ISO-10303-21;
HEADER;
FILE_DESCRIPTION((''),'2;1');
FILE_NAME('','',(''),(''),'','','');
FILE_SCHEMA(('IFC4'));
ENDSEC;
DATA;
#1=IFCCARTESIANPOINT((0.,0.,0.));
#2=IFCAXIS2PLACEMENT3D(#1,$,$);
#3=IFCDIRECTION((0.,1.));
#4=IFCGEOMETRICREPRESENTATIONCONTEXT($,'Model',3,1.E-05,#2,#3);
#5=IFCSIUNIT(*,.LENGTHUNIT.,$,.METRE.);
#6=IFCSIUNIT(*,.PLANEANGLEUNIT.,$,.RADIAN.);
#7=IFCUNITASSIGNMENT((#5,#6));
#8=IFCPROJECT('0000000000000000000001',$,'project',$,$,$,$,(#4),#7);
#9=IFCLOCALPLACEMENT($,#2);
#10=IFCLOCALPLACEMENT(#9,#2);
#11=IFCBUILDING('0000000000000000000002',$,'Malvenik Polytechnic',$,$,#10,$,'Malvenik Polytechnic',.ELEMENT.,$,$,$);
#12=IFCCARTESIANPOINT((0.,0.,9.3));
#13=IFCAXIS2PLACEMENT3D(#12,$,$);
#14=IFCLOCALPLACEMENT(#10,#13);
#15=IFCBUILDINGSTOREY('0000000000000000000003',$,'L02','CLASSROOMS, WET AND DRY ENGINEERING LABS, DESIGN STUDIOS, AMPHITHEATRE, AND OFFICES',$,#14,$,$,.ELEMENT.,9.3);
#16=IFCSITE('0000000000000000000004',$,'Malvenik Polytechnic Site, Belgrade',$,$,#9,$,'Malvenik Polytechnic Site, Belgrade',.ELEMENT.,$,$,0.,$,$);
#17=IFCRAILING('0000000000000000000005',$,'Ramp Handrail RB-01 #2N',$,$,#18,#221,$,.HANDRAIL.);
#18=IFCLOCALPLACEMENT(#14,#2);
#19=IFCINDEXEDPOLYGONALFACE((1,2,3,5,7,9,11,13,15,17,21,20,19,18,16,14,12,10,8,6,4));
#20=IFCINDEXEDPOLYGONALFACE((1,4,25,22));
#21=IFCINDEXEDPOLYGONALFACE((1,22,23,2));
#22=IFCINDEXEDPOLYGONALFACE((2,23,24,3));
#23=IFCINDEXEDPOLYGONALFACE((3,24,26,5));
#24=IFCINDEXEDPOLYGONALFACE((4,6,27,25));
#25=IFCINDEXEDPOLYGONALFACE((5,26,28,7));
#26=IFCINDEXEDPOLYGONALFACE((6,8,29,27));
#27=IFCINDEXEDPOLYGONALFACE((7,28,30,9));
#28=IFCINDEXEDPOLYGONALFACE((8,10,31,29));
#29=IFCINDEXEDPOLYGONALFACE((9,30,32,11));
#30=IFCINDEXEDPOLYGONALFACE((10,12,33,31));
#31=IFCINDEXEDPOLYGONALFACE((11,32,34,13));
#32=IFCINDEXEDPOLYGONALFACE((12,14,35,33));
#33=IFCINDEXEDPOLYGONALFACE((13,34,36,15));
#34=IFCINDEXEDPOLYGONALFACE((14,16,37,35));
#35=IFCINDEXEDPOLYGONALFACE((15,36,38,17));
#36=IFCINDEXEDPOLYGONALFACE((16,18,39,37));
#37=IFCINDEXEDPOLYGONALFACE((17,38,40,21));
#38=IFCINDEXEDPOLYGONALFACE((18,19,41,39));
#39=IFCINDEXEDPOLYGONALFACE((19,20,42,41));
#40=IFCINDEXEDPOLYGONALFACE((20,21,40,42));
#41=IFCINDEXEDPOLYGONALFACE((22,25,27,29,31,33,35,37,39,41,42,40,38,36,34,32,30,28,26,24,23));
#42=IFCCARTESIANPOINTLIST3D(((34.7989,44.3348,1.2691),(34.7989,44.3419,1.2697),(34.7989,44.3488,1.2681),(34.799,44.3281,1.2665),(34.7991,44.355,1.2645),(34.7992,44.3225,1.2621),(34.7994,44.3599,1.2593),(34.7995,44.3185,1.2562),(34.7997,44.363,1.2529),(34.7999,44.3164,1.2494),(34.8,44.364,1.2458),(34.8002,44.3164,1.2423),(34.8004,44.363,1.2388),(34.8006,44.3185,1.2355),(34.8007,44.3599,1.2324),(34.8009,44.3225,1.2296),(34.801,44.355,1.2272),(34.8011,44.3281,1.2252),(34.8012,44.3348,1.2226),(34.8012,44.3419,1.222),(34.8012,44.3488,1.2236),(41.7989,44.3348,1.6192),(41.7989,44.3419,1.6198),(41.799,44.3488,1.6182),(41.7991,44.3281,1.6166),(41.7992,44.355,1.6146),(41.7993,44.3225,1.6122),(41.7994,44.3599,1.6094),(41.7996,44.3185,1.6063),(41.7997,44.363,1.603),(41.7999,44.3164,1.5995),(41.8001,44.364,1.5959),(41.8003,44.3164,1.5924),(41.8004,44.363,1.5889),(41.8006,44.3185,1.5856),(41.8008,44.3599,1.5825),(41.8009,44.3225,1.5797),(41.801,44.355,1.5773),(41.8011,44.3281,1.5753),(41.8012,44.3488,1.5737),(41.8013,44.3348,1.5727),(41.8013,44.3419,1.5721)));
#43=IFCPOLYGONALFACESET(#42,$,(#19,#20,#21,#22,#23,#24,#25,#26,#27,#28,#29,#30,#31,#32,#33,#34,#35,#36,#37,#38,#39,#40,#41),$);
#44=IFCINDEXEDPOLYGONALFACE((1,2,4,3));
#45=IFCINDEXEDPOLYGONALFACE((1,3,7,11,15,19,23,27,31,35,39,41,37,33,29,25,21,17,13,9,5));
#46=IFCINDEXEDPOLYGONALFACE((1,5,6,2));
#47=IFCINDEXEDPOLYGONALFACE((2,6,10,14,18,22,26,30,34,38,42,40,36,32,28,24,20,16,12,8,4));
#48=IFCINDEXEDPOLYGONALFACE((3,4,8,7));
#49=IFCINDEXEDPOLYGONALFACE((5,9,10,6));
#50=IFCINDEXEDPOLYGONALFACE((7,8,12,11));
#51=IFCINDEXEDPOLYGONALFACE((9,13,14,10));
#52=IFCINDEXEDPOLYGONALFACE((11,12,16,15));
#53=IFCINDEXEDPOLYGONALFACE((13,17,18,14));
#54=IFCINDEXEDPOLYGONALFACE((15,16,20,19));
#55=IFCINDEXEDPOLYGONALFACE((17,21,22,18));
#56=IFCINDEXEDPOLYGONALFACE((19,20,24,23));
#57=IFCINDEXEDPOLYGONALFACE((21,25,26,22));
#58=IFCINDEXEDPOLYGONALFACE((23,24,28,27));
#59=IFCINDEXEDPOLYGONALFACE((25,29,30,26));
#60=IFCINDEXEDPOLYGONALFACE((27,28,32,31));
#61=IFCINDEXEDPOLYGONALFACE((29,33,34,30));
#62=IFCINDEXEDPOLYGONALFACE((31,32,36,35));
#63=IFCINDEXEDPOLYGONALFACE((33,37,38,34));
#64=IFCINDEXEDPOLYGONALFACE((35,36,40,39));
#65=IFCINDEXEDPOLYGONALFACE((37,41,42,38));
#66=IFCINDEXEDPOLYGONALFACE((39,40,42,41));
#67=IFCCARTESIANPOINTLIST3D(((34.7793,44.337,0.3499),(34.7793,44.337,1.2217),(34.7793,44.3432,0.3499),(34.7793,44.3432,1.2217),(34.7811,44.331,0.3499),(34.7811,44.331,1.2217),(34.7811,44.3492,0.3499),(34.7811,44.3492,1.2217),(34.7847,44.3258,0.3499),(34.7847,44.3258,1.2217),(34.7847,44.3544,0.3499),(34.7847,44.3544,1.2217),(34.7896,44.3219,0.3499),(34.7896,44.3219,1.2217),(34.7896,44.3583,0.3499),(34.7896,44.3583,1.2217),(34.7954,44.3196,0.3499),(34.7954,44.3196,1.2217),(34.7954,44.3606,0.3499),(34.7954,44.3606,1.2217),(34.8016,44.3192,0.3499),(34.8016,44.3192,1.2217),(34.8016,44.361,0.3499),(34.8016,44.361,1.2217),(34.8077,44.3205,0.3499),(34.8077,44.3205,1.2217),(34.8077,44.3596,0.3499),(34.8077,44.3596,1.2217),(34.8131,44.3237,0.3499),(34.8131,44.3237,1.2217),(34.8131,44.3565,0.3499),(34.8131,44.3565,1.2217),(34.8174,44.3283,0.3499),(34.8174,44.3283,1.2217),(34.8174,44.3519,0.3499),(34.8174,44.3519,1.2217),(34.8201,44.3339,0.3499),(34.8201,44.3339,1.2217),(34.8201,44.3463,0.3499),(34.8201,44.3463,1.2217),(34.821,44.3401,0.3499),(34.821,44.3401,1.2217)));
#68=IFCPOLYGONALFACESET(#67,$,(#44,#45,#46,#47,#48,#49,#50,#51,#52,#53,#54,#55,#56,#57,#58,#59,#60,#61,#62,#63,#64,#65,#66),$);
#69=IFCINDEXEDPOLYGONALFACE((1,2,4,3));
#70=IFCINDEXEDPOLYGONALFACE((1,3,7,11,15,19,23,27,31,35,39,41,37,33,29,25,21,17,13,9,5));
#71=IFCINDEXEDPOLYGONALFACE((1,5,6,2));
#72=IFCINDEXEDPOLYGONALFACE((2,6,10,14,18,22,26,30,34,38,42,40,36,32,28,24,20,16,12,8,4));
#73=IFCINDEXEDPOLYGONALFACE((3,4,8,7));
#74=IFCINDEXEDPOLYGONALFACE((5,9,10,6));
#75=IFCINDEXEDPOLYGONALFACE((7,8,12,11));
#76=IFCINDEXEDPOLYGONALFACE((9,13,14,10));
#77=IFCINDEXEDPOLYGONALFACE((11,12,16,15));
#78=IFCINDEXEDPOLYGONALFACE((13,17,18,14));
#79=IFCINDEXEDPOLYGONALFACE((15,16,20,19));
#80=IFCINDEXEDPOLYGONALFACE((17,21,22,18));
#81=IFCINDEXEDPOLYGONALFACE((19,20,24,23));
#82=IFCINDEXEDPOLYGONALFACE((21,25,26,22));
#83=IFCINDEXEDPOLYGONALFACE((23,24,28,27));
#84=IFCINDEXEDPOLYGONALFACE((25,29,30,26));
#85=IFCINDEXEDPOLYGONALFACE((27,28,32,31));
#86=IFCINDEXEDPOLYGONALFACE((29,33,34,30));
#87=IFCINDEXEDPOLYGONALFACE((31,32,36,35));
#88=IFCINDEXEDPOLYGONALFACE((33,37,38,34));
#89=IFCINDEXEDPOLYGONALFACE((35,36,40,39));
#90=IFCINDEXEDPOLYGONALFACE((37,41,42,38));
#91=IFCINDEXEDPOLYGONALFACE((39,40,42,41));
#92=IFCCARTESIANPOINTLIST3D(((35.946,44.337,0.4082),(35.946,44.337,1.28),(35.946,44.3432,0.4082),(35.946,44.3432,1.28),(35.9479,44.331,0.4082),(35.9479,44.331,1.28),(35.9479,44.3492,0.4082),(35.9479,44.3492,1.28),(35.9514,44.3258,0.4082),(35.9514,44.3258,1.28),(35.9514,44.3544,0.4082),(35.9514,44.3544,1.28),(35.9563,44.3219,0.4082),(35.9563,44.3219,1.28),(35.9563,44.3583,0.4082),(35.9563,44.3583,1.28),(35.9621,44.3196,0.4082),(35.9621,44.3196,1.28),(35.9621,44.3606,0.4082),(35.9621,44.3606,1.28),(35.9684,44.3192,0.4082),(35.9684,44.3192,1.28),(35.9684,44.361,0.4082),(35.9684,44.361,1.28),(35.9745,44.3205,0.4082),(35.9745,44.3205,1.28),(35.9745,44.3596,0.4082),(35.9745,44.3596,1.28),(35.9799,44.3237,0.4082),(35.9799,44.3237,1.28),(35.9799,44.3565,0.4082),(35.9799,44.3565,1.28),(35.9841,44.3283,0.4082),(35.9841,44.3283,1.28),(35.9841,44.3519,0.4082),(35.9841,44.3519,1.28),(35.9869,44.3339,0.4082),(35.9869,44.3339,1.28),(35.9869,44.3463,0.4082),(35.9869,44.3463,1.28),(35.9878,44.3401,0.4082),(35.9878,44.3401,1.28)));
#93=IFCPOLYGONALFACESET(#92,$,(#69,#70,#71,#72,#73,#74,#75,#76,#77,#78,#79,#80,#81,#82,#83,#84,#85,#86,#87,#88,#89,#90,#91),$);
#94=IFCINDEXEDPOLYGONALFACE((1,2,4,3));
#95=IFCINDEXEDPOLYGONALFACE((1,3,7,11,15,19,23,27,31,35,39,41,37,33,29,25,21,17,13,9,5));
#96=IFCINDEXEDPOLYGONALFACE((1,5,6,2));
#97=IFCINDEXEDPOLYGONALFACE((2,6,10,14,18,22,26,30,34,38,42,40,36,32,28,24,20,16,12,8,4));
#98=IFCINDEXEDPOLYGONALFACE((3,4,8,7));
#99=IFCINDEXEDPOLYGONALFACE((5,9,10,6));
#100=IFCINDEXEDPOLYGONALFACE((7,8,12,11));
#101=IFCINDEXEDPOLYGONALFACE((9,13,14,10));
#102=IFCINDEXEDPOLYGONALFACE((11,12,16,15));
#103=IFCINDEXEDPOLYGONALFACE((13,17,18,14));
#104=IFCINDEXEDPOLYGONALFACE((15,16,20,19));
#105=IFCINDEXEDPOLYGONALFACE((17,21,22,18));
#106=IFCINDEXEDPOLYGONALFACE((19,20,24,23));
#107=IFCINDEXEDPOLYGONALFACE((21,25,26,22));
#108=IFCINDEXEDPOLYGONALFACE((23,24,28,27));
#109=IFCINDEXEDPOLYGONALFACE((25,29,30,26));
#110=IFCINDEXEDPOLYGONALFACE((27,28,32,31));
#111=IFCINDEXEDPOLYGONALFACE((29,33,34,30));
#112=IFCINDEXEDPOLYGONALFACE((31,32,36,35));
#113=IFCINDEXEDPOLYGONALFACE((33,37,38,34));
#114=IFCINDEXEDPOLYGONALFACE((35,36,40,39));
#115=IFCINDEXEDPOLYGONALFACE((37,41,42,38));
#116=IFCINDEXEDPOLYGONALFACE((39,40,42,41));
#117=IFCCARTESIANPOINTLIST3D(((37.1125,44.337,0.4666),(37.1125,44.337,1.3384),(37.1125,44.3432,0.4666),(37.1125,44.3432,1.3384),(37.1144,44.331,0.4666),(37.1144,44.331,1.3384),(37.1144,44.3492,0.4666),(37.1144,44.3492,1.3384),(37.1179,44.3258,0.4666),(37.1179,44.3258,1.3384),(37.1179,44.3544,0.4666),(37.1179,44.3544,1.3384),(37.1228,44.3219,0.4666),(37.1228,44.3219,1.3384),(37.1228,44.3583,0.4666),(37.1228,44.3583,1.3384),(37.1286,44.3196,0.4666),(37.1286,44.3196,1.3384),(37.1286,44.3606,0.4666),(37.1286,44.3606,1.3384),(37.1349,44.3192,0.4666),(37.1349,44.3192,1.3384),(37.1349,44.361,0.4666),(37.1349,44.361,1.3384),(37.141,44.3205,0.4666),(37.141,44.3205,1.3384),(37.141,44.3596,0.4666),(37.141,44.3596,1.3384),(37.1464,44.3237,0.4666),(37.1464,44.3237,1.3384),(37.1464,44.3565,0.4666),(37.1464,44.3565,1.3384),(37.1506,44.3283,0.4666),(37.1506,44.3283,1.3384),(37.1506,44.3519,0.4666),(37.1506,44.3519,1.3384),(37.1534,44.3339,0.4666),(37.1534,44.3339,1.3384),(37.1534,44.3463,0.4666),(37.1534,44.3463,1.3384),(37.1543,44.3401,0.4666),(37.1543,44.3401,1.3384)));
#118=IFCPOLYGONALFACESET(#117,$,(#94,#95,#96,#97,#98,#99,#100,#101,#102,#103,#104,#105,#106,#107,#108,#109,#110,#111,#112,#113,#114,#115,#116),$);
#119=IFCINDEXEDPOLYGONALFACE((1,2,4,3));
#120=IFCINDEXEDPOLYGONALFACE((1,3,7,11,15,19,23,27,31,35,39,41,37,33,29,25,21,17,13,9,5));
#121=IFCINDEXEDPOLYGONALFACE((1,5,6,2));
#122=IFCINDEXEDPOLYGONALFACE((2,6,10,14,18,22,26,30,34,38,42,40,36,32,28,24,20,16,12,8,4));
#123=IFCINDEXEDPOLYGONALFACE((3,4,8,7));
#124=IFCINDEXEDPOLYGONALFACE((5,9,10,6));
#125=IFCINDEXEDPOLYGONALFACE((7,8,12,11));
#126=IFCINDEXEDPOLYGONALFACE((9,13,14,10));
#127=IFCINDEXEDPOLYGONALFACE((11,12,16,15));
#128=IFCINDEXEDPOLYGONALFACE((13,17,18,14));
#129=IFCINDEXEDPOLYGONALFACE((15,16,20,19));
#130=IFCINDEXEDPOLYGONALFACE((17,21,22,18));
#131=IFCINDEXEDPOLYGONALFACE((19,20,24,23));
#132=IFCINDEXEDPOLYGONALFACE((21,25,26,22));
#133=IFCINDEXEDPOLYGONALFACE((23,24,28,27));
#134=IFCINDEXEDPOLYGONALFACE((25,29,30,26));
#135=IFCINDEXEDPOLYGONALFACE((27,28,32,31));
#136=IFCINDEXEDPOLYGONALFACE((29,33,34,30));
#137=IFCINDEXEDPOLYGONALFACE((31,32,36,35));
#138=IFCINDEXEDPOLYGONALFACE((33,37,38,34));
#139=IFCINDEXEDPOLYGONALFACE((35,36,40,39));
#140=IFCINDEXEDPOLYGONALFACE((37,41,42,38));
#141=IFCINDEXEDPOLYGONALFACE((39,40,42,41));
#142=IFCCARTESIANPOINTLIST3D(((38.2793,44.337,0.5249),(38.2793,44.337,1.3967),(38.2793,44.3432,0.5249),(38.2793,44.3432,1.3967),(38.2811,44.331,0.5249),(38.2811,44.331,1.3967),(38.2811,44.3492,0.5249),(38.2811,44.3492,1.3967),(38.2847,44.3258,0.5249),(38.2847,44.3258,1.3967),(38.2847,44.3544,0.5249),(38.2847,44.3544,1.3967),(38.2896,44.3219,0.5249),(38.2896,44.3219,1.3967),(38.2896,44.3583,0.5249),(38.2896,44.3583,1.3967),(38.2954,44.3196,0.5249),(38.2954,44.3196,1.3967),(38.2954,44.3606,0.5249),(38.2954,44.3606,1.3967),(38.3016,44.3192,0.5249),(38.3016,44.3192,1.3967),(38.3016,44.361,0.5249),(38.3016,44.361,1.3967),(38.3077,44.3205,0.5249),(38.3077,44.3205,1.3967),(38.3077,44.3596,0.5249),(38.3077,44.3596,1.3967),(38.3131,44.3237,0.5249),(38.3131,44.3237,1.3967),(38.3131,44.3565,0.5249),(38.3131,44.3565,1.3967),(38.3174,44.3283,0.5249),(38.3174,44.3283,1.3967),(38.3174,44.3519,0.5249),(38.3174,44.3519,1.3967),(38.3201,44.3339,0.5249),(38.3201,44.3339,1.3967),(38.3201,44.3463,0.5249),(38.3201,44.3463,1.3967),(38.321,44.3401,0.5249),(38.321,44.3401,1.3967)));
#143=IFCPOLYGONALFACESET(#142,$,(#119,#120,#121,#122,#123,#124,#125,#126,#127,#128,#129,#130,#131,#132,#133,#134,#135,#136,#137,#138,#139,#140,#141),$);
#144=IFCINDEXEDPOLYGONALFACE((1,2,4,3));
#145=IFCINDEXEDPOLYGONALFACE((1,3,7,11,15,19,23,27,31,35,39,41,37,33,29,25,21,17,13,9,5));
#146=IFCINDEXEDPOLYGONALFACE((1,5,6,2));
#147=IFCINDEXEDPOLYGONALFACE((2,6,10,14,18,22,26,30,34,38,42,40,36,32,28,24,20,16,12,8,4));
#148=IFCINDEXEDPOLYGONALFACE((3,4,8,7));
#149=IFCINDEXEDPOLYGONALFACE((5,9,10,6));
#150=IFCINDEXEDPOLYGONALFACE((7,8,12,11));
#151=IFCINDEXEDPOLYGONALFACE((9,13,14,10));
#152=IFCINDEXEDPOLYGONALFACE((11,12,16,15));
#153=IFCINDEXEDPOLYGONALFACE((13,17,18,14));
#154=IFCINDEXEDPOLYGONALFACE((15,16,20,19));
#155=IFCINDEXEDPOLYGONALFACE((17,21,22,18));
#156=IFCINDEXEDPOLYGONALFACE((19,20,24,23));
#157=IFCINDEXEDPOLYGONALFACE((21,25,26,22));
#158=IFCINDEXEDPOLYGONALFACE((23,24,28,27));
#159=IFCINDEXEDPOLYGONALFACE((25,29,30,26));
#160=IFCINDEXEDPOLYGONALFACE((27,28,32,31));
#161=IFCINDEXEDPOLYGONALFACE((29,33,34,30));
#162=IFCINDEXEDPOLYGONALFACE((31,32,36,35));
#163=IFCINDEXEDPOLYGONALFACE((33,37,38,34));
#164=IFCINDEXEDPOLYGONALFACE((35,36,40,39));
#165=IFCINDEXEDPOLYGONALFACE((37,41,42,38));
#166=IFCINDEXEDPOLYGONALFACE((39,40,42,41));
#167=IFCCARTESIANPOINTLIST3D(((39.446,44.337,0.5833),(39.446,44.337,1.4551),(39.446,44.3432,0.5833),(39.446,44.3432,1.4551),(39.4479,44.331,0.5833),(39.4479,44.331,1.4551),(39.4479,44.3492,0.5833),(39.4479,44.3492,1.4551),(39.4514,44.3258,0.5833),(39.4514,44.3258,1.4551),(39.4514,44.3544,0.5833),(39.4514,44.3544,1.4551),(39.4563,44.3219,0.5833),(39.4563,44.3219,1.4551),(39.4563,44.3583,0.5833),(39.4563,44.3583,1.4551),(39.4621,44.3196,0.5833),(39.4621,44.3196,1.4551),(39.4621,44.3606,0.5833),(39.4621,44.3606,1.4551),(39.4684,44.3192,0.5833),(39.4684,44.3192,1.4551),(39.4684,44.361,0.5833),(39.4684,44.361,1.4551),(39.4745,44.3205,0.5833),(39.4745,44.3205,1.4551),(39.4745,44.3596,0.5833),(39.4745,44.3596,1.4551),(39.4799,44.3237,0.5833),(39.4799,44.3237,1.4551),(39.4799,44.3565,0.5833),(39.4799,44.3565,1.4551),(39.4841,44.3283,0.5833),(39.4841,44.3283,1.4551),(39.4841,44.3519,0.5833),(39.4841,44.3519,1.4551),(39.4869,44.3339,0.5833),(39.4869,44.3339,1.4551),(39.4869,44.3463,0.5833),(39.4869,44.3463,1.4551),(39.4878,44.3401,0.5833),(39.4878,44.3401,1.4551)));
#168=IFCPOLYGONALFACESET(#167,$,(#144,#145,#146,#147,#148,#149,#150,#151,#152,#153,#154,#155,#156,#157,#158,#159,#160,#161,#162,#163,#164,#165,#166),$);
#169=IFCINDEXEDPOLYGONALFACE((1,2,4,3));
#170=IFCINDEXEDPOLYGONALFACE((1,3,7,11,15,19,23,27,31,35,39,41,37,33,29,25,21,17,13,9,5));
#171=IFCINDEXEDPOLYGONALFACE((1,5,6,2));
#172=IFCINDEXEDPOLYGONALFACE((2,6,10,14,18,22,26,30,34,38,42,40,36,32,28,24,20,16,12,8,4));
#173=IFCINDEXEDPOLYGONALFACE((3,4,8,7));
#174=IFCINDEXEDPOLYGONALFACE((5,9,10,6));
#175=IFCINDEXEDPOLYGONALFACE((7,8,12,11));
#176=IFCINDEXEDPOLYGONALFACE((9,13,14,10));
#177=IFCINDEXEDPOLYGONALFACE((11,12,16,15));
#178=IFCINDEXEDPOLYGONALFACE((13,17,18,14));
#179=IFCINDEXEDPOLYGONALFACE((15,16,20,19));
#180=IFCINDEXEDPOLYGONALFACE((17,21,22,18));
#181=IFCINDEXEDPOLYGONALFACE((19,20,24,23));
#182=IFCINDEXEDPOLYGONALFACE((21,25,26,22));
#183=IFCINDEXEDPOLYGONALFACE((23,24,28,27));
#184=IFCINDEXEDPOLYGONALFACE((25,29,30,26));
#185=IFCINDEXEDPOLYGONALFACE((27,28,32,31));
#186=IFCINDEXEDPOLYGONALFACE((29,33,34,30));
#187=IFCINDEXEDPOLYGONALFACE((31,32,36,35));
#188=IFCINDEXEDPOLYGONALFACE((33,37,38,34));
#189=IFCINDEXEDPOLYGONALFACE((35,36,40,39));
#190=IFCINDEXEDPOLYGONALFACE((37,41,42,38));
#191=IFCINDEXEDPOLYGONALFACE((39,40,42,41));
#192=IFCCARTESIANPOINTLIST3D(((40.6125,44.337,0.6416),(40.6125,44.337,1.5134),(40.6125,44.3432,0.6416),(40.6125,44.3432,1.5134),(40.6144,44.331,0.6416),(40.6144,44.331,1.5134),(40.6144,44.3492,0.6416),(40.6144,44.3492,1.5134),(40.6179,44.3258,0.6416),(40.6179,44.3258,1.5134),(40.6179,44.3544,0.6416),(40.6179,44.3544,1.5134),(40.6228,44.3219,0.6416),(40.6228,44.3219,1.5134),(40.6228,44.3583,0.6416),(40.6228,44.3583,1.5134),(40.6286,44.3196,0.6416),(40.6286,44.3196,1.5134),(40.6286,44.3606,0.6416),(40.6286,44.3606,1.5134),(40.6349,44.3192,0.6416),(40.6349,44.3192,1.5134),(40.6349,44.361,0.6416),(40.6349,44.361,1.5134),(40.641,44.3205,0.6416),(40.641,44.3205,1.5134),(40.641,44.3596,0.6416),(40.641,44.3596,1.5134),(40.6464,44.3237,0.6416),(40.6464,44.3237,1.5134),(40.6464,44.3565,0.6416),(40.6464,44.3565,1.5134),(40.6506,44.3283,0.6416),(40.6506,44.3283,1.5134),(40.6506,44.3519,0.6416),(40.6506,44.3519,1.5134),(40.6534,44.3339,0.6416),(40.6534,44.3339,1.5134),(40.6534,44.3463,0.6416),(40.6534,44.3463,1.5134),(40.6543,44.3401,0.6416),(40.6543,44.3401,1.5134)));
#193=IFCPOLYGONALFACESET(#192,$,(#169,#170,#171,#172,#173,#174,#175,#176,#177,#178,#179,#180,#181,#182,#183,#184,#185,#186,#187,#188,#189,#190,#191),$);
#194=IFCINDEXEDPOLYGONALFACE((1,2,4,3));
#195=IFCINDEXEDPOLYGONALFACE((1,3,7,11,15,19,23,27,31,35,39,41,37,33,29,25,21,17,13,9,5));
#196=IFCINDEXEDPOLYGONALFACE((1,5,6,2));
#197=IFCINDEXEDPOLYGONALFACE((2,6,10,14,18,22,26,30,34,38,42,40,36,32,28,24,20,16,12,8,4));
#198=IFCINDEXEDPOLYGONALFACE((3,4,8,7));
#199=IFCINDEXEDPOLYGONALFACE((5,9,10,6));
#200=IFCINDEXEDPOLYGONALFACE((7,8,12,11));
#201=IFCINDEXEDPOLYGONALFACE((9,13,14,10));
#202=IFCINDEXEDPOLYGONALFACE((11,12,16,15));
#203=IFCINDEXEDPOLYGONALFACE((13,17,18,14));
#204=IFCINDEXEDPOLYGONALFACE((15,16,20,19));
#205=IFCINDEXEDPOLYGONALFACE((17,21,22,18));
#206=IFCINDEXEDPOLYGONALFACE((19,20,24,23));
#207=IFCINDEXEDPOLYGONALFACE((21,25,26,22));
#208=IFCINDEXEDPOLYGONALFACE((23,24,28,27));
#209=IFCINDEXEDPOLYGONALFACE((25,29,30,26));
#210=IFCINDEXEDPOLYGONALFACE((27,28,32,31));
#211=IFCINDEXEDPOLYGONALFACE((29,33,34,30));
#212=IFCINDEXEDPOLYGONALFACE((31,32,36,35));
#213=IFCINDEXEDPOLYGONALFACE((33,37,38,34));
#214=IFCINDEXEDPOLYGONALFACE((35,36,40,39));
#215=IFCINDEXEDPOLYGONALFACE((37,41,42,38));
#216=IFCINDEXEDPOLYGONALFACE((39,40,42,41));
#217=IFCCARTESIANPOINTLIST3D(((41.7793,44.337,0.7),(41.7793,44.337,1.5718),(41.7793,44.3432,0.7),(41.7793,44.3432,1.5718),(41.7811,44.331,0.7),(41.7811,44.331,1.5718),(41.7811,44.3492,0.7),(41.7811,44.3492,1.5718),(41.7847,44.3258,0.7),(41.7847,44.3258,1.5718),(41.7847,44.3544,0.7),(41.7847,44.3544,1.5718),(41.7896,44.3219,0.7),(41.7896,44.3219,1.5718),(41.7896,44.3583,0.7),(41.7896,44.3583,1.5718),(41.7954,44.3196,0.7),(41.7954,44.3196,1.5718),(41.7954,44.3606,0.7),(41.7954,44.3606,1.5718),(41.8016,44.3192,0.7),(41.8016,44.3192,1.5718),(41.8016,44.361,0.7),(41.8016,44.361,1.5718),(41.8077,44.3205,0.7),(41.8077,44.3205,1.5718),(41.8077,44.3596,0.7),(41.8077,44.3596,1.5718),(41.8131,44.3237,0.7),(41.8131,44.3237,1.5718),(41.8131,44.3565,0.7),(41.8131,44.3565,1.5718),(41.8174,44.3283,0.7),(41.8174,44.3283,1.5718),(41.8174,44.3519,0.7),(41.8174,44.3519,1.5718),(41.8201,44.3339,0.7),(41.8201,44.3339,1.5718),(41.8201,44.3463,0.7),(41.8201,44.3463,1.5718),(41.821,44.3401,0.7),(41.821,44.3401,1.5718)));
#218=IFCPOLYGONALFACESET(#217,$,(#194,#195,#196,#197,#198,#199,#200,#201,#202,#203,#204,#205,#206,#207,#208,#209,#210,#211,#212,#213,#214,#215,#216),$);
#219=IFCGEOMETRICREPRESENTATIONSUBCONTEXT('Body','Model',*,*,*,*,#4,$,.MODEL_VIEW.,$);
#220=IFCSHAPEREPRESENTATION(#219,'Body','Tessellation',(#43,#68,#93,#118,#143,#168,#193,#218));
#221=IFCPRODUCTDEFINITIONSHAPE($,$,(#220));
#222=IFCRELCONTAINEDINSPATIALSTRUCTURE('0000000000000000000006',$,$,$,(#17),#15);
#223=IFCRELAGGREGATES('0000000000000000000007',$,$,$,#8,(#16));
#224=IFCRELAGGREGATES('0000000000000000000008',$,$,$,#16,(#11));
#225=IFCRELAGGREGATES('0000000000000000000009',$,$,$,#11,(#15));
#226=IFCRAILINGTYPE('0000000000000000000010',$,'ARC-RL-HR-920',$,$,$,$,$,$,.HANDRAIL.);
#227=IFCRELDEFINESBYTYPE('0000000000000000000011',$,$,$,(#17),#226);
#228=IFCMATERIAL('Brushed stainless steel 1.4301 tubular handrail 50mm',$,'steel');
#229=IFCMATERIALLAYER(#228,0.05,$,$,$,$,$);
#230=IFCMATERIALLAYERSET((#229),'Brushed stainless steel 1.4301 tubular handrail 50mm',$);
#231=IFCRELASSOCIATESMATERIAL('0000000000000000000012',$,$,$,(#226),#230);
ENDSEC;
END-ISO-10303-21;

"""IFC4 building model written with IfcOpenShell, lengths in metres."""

from ifc_helpers import new_model, si_unit, direction, frame, origin, origin_2d, place, context, subcontext, project, spatial, circle, extrude, material, layer, layer_set, type_object, element, save


model = new_model("IFC4")

# Units and contexts
model_context = context("Model", 3, precision=1e-05, world=origin(), true_north=direction((0.0, 1.0)))
body_context = subcontext(model_context, "Body", "Model", "MODEL_VIEW")
ifc_project = project(units=[si_unit("LENGTHUNIT", "METRE"), si_unit("PLANEANGLEUNIT", "RADIAN")], contexts=[model_context])

# Site, building, storey
site_placement = place(None, origin())
site = spatial("IfcSite", under=ifc_project, at=site_placement, Name="Malvenik Polytechnic Site, Belgrade", LongName="Malvenik Polytechnic Site, Belgrade", CompositionType="ELEMENT", RefElevation=0.0)
building_placement = place(site_placement, origin())
building = spatial("IfcBuilding", under=site, at=building_placement, Name="Malvenik Polytechnic", LongName="Malvenik Polytechnic", CompositionType="ELEMENT")
storey_placement = place(building_placement, frame((0.0, 0.0, 9.3)))
storey = spatial("IfcBuildingStorey", under=building, at=storey_placement, Name="L02", Description="CLASSROOMS, WET AND DRY ENGINEERING LABS, DESIGN STUDIOS, AMPHITHEATRE, AND OFFICES", CompositionType="ELEMENT", Elevation=9.3)

# Railing
ifc_material_1 = material(Name="Brushed stainless steel 1.4301 tubular handrail 50mm", Category="steel")
ifc_layer_1 = layer(ifc_material_1, 0.05)
ifc_layer_set_1 = layer_set([ifc_layer_1], Name="Brushed stainless steel 1.4301 tubular handrail 50mm")
railing_type_1 = type_object("IfcRailingType", Name="ARC-RL-HR-920", PredefinedType="HANDRAIL", material=ifc_layer_set_1)
railing_1_placement = place(storey_placement, frame((34.8, 44.3401, 0.3499)))
element("IfcRailing", 1, at=railing_1_placement, inside=storey, type_object=railing_type_1, Name="Ramp Handrail RB-01 #2N", PredefinedType="HANDRAIL", context=body_context, shape_type="SweptSolid", body=[
    extrude(circle(Radius=0.0239, at=origin_2d()), frame((0.0, 0.0, 0.896), z_axis=(0.998752, 0.0, 0.049952), x_axis=(0.0, 1.0, 0.0)), (0.0, 0.0, 1.0), 7.0088),
    extrude(circle(Radius=0.021, at=origin_2d()), origin(), (0.0, 0.0, 1.0), 0.8718),
    extrude(circle(Radius=0.021, at=origin_2d()), frame((1.1667, 0.0, 0.0583)), (0.0, 0.0, 1.0), 0.8718),
    extrude(circle(Radius=0.021, at=origin_2d()), frame((2.3333, 0.0, 0.1167)), (0.0, 0.0, 1.0), 0.8718),
    extrude(circle(Radius=0.021, at=origin_2d()), frame((3.5, 0.0, 0.175)), (0.0, 0.0, 1.0), 0.8718),
    extrude(circle(Radius=0.021, at=origin_2d()), frame((4.6667, 0.0, 0.2334)), (0.0, 0.0, 1.0), 0.8718),
    extrude(circle(Radius=0.021, at=origin_2d()), frame((5.8333, 0.0, 0.2917)), (0.0, 0.0, 1.0), 0.8718),
    extrude(circle(Radius=0.021, at=origin_2d()), frame((7.0, 0.0, 0.3501)), (0.0, 0.0, 1.0), 0.8718),
])

save(model, "model.ifc")
